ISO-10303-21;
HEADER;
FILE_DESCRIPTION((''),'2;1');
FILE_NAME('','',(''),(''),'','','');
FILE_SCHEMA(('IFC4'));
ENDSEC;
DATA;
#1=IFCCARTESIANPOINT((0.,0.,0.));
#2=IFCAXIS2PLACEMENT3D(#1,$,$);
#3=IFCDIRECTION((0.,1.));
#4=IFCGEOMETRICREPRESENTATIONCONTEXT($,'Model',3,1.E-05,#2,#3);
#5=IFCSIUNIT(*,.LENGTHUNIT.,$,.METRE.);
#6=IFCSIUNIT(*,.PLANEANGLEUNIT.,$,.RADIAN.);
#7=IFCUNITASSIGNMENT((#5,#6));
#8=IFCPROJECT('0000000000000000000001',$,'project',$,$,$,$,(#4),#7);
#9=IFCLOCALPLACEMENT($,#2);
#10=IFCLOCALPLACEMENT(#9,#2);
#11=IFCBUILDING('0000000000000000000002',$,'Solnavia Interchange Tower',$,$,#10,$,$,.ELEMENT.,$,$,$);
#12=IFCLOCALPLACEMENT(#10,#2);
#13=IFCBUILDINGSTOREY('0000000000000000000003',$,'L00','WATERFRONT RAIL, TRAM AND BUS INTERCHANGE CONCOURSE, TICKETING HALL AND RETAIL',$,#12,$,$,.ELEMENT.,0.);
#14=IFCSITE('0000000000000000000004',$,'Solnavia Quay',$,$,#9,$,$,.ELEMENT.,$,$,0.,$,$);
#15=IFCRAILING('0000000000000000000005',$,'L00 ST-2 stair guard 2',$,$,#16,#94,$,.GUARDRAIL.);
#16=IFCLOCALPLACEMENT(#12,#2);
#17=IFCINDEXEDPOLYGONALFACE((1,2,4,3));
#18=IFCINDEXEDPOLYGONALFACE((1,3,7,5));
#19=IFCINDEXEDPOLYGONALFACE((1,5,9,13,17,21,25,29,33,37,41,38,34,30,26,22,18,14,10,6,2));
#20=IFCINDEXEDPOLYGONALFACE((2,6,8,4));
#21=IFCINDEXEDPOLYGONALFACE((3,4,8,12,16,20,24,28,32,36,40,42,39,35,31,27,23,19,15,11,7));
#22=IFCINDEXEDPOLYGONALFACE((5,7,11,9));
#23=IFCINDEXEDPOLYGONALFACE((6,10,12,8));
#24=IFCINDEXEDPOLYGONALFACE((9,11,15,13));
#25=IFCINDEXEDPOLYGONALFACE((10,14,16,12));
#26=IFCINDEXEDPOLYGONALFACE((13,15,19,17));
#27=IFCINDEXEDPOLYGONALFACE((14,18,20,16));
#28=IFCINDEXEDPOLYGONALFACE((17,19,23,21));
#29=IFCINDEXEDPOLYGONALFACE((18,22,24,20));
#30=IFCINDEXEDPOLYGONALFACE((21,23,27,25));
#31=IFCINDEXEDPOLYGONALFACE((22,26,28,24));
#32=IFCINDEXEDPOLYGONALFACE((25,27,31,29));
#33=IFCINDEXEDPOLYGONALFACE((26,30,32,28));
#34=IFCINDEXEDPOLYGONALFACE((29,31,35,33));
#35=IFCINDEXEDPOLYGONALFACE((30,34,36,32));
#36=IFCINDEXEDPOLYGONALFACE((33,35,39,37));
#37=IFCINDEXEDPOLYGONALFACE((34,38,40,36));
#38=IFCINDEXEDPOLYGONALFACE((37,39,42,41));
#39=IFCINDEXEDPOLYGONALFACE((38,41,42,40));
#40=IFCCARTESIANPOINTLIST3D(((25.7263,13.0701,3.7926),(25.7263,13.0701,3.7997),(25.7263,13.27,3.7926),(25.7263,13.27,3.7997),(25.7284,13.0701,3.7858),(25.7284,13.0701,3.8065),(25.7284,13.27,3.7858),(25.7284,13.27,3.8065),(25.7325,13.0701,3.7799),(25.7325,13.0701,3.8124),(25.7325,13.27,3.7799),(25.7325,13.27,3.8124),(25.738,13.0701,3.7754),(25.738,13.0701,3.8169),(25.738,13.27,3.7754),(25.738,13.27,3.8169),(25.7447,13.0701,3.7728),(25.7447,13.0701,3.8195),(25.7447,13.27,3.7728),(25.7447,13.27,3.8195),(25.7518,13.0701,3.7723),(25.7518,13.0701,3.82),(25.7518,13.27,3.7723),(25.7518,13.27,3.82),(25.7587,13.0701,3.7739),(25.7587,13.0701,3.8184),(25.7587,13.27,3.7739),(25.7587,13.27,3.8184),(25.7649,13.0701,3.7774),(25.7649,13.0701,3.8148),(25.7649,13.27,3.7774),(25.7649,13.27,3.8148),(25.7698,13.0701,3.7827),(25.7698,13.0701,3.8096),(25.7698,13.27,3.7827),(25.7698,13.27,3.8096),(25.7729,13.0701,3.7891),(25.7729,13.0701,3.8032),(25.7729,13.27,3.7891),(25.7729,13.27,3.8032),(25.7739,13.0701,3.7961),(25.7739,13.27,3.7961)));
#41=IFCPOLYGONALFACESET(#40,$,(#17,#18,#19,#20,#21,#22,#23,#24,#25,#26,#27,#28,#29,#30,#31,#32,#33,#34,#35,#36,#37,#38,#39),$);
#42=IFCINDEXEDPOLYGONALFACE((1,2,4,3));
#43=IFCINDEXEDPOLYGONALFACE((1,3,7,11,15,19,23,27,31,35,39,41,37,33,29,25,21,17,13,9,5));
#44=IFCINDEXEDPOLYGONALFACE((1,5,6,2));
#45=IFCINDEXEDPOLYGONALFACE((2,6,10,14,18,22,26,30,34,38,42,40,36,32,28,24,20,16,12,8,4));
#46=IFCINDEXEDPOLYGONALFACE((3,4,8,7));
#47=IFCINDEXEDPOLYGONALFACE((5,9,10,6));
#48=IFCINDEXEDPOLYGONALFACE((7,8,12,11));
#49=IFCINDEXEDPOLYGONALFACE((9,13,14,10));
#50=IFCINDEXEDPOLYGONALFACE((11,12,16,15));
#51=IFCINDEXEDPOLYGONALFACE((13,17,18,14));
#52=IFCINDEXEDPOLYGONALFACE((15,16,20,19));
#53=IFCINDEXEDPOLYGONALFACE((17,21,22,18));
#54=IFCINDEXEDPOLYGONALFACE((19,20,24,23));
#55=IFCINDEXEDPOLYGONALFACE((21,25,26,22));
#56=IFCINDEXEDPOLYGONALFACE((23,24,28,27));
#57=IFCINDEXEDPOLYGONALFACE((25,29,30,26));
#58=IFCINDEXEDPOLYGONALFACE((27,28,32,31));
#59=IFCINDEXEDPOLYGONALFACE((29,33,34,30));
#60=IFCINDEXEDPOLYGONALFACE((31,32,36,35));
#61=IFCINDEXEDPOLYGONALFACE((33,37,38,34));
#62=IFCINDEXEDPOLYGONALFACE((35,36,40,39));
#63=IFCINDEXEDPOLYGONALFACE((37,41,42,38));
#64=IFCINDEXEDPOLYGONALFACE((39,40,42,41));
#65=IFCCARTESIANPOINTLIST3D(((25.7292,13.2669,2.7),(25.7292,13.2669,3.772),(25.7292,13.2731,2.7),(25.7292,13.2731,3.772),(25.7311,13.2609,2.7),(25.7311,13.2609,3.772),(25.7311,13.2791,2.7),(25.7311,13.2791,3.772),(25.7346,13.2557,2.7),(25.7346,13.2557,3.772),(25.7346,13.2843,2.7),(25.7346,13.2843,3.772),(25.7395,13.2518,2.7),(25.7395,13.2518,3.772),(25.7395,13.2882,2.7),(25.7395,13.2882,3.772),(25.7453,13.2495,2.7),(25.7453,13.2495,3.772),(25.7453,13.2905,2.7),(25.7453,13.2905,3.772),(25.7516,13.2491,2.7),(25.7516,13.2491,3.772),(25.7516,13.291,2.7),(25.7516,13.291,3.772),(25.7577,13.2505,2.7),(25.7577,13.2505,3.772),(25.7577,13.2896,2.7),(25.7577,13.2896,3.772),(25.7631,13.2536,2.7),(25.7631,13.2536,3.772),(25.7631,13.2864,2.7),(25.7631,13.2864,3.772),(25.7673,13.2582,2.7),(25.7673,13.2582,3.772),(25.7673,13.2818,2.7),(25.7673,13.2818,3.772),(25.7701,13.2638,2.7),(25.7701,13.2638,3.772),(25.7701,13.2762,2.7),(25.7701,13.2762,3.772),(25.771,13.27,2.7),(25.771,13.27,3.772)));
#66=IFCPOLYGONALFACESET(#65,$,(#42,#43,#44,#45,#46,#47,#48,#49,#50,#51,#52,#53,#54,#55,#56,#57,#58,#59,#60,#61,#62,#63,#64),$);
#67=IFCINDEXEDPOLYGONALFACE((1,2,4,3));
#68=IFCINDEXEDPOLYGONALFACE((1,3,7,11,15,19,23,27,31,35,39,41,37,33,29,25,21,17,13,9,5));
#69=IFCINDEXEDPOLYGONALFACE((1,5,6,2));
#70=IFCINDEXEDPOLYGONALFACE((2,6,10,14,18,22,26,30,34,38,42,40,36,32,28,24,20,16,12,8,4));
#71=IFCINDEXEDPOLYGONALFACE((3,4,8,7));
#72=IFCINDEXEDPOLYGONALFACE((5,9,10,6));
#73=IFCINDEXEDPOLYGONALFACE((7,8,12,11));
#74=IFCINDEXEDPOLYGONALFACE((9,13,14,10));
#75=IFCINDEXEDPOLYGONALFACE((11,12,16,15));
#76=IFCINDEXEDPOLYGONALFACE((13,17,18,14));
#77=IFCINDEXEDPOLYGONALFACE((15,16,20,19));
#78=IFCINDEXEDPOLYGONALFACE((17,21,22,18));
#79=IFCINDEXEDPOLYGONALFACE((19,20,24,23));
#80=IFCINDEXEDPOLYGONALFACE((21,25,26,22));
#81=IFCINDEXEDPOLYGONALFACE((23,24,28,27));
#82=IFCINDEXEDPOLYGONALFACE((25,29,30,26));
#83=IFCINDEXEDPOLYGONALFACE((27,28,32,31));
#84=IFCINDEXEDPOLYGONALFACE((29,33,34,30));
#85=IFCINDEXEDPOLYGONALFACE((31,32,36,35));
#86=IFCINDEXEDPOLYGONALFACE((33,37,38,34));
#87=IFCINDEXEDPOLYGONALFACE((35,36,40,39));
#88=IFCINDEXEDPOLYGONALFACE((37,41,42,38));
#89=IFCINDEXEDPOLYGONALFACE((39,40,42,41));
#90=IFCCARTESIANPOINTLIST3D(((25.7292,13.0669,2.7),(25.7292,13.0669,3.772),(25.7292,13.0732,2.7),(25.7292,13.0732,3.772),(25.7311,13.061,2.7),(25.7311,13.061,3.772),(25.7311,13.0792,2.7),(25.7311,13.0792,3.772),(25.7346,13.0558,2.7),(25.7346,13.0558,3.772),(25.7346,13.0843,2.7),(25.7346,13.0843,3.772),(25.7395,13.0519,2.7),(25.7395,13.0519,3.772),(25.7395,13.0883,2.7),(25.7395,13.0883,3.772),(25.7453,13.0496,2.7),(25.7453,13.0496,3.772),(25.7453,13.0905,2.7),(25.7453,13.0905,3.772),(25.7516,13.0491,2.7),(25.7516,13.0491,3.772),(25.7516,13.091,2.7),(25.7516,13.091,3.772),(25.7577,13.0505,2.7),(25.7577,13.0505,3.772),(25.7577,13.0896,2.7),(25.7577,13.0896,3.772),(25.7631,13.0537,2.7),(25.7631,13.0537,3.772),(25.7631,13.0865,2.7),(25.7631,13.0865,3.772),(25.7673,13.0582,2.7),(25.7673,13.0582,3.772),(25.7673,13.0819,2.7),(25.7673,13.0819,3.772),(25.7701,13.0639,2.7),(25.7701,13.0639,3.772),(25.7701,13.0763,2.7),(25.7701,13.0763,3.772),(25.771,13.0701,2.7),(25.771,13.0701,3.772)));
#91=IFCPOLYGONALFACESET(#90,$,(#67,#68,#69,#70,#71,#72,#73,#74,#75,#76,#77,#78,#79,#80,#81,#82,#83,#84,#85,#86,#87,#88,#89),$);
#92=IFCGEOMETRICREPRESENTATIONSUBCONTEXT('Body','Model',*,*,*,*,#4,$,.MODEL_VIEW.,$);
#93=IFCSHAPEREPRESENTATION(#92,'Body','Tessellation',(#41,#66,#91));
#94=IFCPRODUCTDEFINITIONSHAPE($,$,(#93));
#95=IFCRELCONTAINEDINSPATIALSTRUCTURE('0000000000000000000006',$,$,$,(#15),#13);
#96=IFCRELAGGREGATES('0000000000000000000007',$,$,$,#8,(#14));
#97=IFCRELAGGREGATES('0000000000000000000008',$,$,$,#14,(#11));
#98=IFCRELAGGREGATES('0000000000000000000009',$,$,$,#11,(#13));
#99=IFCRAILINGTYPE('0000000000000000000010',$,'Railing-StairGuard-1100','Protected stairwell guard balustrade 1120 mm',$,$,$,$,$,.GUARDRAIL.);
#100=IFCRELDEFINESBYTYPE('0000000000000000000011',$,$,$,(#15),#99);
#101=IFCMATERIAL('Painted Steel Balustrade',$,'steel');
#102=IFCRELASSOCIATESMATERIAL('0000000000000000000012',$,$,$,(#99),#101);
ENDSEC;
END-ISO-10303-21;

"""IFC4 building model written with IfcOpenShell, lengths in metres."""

from ifc_helpers import new_model, si_unit, direction, frame, origin, origin_2d, place, context, subcontext, project, spatial, circle, extrude, material, type_object, element, save


model = new_model("IFC4")

# Units and contexts
model_context = context("Model", 3, precision=1e-05, world=origin(), true_north=direction((0.0, 1.0)))
body_context = subcontext(model_context, "Body", "Model", "MODEL_VIEW")
ifc_project = project(units=[si_unit("LENGTHUNIT", "METRE"), si_unit("PLANEANGLEUNIT", "RADIAN")], contexts=[model_context])

# Site, building, storey
site_placement = place(None, origin())
site = spatial("IfcSite", under=ifc_project, at=site_placement, Name="Solnavia Quay", CompositionType="ELEMENT", RefElevation=0.0)
building_placement = place(site_placement, origin())
building = spatial("IfcBuilding", under=site, at=building_placement, Name="Solnavia Interchange Tower", CompositionType="ELEMENT")
storey_placement = place(building_placement, origin())
storey = spatial("IfcBuildingStorey", under=building, at=storey_placement, Name="L00", Description="WATERFRONT RAIL, TRAM AND BUS INTERCHANGE CONCOURSE, TICKETING HALL AND RETAIL", CompositionType="ELEMENT", Elevation=0.0)

# Railing
ifc_material_1 = material(Name="Painted Steel Balustrade", Category="steel")
railing_type_1 = type_object("IfcRailingType", Name="Railing-StairGuard-1100", Description="Protected stairwell guard balustrade 1120 mm", PredefinedType="GUARDRAIL", material=ifc_material_1)
railing_1_placement = place(storey_placement, frame((25.75, 13.27, 2.7)))
element("IfcRailing", 1, at=railing_1_placement, inside=storey, type_object=railing_type_1, Name="L00 ST-2 stair guard 2", PredefinedType="GUARDRAIL", context=body_context, shape_type="SweptSolid", body=[
    extrude(circle(Radius=0.0239, at=origin_2d()), frame((0.0, 0.0, 1.0962), z_axis=(0.0, -1.0, 0.0), x_axis=(1.0, 0.0, 0.0)), (0.0, 0.0, 1.0), 0.2),
    extrude(circle(Radius=0.021, at=origin_2d()), origin(), (0.0, 0.0, 1.0), 1.072),
    extrude(circle(Radius=0.021, at=origin_2d()), frame((0.0, -0.2, 0.0)), (0.0, 0.0, 1.0), 1.072),
])

save(model, "model.ifc")
